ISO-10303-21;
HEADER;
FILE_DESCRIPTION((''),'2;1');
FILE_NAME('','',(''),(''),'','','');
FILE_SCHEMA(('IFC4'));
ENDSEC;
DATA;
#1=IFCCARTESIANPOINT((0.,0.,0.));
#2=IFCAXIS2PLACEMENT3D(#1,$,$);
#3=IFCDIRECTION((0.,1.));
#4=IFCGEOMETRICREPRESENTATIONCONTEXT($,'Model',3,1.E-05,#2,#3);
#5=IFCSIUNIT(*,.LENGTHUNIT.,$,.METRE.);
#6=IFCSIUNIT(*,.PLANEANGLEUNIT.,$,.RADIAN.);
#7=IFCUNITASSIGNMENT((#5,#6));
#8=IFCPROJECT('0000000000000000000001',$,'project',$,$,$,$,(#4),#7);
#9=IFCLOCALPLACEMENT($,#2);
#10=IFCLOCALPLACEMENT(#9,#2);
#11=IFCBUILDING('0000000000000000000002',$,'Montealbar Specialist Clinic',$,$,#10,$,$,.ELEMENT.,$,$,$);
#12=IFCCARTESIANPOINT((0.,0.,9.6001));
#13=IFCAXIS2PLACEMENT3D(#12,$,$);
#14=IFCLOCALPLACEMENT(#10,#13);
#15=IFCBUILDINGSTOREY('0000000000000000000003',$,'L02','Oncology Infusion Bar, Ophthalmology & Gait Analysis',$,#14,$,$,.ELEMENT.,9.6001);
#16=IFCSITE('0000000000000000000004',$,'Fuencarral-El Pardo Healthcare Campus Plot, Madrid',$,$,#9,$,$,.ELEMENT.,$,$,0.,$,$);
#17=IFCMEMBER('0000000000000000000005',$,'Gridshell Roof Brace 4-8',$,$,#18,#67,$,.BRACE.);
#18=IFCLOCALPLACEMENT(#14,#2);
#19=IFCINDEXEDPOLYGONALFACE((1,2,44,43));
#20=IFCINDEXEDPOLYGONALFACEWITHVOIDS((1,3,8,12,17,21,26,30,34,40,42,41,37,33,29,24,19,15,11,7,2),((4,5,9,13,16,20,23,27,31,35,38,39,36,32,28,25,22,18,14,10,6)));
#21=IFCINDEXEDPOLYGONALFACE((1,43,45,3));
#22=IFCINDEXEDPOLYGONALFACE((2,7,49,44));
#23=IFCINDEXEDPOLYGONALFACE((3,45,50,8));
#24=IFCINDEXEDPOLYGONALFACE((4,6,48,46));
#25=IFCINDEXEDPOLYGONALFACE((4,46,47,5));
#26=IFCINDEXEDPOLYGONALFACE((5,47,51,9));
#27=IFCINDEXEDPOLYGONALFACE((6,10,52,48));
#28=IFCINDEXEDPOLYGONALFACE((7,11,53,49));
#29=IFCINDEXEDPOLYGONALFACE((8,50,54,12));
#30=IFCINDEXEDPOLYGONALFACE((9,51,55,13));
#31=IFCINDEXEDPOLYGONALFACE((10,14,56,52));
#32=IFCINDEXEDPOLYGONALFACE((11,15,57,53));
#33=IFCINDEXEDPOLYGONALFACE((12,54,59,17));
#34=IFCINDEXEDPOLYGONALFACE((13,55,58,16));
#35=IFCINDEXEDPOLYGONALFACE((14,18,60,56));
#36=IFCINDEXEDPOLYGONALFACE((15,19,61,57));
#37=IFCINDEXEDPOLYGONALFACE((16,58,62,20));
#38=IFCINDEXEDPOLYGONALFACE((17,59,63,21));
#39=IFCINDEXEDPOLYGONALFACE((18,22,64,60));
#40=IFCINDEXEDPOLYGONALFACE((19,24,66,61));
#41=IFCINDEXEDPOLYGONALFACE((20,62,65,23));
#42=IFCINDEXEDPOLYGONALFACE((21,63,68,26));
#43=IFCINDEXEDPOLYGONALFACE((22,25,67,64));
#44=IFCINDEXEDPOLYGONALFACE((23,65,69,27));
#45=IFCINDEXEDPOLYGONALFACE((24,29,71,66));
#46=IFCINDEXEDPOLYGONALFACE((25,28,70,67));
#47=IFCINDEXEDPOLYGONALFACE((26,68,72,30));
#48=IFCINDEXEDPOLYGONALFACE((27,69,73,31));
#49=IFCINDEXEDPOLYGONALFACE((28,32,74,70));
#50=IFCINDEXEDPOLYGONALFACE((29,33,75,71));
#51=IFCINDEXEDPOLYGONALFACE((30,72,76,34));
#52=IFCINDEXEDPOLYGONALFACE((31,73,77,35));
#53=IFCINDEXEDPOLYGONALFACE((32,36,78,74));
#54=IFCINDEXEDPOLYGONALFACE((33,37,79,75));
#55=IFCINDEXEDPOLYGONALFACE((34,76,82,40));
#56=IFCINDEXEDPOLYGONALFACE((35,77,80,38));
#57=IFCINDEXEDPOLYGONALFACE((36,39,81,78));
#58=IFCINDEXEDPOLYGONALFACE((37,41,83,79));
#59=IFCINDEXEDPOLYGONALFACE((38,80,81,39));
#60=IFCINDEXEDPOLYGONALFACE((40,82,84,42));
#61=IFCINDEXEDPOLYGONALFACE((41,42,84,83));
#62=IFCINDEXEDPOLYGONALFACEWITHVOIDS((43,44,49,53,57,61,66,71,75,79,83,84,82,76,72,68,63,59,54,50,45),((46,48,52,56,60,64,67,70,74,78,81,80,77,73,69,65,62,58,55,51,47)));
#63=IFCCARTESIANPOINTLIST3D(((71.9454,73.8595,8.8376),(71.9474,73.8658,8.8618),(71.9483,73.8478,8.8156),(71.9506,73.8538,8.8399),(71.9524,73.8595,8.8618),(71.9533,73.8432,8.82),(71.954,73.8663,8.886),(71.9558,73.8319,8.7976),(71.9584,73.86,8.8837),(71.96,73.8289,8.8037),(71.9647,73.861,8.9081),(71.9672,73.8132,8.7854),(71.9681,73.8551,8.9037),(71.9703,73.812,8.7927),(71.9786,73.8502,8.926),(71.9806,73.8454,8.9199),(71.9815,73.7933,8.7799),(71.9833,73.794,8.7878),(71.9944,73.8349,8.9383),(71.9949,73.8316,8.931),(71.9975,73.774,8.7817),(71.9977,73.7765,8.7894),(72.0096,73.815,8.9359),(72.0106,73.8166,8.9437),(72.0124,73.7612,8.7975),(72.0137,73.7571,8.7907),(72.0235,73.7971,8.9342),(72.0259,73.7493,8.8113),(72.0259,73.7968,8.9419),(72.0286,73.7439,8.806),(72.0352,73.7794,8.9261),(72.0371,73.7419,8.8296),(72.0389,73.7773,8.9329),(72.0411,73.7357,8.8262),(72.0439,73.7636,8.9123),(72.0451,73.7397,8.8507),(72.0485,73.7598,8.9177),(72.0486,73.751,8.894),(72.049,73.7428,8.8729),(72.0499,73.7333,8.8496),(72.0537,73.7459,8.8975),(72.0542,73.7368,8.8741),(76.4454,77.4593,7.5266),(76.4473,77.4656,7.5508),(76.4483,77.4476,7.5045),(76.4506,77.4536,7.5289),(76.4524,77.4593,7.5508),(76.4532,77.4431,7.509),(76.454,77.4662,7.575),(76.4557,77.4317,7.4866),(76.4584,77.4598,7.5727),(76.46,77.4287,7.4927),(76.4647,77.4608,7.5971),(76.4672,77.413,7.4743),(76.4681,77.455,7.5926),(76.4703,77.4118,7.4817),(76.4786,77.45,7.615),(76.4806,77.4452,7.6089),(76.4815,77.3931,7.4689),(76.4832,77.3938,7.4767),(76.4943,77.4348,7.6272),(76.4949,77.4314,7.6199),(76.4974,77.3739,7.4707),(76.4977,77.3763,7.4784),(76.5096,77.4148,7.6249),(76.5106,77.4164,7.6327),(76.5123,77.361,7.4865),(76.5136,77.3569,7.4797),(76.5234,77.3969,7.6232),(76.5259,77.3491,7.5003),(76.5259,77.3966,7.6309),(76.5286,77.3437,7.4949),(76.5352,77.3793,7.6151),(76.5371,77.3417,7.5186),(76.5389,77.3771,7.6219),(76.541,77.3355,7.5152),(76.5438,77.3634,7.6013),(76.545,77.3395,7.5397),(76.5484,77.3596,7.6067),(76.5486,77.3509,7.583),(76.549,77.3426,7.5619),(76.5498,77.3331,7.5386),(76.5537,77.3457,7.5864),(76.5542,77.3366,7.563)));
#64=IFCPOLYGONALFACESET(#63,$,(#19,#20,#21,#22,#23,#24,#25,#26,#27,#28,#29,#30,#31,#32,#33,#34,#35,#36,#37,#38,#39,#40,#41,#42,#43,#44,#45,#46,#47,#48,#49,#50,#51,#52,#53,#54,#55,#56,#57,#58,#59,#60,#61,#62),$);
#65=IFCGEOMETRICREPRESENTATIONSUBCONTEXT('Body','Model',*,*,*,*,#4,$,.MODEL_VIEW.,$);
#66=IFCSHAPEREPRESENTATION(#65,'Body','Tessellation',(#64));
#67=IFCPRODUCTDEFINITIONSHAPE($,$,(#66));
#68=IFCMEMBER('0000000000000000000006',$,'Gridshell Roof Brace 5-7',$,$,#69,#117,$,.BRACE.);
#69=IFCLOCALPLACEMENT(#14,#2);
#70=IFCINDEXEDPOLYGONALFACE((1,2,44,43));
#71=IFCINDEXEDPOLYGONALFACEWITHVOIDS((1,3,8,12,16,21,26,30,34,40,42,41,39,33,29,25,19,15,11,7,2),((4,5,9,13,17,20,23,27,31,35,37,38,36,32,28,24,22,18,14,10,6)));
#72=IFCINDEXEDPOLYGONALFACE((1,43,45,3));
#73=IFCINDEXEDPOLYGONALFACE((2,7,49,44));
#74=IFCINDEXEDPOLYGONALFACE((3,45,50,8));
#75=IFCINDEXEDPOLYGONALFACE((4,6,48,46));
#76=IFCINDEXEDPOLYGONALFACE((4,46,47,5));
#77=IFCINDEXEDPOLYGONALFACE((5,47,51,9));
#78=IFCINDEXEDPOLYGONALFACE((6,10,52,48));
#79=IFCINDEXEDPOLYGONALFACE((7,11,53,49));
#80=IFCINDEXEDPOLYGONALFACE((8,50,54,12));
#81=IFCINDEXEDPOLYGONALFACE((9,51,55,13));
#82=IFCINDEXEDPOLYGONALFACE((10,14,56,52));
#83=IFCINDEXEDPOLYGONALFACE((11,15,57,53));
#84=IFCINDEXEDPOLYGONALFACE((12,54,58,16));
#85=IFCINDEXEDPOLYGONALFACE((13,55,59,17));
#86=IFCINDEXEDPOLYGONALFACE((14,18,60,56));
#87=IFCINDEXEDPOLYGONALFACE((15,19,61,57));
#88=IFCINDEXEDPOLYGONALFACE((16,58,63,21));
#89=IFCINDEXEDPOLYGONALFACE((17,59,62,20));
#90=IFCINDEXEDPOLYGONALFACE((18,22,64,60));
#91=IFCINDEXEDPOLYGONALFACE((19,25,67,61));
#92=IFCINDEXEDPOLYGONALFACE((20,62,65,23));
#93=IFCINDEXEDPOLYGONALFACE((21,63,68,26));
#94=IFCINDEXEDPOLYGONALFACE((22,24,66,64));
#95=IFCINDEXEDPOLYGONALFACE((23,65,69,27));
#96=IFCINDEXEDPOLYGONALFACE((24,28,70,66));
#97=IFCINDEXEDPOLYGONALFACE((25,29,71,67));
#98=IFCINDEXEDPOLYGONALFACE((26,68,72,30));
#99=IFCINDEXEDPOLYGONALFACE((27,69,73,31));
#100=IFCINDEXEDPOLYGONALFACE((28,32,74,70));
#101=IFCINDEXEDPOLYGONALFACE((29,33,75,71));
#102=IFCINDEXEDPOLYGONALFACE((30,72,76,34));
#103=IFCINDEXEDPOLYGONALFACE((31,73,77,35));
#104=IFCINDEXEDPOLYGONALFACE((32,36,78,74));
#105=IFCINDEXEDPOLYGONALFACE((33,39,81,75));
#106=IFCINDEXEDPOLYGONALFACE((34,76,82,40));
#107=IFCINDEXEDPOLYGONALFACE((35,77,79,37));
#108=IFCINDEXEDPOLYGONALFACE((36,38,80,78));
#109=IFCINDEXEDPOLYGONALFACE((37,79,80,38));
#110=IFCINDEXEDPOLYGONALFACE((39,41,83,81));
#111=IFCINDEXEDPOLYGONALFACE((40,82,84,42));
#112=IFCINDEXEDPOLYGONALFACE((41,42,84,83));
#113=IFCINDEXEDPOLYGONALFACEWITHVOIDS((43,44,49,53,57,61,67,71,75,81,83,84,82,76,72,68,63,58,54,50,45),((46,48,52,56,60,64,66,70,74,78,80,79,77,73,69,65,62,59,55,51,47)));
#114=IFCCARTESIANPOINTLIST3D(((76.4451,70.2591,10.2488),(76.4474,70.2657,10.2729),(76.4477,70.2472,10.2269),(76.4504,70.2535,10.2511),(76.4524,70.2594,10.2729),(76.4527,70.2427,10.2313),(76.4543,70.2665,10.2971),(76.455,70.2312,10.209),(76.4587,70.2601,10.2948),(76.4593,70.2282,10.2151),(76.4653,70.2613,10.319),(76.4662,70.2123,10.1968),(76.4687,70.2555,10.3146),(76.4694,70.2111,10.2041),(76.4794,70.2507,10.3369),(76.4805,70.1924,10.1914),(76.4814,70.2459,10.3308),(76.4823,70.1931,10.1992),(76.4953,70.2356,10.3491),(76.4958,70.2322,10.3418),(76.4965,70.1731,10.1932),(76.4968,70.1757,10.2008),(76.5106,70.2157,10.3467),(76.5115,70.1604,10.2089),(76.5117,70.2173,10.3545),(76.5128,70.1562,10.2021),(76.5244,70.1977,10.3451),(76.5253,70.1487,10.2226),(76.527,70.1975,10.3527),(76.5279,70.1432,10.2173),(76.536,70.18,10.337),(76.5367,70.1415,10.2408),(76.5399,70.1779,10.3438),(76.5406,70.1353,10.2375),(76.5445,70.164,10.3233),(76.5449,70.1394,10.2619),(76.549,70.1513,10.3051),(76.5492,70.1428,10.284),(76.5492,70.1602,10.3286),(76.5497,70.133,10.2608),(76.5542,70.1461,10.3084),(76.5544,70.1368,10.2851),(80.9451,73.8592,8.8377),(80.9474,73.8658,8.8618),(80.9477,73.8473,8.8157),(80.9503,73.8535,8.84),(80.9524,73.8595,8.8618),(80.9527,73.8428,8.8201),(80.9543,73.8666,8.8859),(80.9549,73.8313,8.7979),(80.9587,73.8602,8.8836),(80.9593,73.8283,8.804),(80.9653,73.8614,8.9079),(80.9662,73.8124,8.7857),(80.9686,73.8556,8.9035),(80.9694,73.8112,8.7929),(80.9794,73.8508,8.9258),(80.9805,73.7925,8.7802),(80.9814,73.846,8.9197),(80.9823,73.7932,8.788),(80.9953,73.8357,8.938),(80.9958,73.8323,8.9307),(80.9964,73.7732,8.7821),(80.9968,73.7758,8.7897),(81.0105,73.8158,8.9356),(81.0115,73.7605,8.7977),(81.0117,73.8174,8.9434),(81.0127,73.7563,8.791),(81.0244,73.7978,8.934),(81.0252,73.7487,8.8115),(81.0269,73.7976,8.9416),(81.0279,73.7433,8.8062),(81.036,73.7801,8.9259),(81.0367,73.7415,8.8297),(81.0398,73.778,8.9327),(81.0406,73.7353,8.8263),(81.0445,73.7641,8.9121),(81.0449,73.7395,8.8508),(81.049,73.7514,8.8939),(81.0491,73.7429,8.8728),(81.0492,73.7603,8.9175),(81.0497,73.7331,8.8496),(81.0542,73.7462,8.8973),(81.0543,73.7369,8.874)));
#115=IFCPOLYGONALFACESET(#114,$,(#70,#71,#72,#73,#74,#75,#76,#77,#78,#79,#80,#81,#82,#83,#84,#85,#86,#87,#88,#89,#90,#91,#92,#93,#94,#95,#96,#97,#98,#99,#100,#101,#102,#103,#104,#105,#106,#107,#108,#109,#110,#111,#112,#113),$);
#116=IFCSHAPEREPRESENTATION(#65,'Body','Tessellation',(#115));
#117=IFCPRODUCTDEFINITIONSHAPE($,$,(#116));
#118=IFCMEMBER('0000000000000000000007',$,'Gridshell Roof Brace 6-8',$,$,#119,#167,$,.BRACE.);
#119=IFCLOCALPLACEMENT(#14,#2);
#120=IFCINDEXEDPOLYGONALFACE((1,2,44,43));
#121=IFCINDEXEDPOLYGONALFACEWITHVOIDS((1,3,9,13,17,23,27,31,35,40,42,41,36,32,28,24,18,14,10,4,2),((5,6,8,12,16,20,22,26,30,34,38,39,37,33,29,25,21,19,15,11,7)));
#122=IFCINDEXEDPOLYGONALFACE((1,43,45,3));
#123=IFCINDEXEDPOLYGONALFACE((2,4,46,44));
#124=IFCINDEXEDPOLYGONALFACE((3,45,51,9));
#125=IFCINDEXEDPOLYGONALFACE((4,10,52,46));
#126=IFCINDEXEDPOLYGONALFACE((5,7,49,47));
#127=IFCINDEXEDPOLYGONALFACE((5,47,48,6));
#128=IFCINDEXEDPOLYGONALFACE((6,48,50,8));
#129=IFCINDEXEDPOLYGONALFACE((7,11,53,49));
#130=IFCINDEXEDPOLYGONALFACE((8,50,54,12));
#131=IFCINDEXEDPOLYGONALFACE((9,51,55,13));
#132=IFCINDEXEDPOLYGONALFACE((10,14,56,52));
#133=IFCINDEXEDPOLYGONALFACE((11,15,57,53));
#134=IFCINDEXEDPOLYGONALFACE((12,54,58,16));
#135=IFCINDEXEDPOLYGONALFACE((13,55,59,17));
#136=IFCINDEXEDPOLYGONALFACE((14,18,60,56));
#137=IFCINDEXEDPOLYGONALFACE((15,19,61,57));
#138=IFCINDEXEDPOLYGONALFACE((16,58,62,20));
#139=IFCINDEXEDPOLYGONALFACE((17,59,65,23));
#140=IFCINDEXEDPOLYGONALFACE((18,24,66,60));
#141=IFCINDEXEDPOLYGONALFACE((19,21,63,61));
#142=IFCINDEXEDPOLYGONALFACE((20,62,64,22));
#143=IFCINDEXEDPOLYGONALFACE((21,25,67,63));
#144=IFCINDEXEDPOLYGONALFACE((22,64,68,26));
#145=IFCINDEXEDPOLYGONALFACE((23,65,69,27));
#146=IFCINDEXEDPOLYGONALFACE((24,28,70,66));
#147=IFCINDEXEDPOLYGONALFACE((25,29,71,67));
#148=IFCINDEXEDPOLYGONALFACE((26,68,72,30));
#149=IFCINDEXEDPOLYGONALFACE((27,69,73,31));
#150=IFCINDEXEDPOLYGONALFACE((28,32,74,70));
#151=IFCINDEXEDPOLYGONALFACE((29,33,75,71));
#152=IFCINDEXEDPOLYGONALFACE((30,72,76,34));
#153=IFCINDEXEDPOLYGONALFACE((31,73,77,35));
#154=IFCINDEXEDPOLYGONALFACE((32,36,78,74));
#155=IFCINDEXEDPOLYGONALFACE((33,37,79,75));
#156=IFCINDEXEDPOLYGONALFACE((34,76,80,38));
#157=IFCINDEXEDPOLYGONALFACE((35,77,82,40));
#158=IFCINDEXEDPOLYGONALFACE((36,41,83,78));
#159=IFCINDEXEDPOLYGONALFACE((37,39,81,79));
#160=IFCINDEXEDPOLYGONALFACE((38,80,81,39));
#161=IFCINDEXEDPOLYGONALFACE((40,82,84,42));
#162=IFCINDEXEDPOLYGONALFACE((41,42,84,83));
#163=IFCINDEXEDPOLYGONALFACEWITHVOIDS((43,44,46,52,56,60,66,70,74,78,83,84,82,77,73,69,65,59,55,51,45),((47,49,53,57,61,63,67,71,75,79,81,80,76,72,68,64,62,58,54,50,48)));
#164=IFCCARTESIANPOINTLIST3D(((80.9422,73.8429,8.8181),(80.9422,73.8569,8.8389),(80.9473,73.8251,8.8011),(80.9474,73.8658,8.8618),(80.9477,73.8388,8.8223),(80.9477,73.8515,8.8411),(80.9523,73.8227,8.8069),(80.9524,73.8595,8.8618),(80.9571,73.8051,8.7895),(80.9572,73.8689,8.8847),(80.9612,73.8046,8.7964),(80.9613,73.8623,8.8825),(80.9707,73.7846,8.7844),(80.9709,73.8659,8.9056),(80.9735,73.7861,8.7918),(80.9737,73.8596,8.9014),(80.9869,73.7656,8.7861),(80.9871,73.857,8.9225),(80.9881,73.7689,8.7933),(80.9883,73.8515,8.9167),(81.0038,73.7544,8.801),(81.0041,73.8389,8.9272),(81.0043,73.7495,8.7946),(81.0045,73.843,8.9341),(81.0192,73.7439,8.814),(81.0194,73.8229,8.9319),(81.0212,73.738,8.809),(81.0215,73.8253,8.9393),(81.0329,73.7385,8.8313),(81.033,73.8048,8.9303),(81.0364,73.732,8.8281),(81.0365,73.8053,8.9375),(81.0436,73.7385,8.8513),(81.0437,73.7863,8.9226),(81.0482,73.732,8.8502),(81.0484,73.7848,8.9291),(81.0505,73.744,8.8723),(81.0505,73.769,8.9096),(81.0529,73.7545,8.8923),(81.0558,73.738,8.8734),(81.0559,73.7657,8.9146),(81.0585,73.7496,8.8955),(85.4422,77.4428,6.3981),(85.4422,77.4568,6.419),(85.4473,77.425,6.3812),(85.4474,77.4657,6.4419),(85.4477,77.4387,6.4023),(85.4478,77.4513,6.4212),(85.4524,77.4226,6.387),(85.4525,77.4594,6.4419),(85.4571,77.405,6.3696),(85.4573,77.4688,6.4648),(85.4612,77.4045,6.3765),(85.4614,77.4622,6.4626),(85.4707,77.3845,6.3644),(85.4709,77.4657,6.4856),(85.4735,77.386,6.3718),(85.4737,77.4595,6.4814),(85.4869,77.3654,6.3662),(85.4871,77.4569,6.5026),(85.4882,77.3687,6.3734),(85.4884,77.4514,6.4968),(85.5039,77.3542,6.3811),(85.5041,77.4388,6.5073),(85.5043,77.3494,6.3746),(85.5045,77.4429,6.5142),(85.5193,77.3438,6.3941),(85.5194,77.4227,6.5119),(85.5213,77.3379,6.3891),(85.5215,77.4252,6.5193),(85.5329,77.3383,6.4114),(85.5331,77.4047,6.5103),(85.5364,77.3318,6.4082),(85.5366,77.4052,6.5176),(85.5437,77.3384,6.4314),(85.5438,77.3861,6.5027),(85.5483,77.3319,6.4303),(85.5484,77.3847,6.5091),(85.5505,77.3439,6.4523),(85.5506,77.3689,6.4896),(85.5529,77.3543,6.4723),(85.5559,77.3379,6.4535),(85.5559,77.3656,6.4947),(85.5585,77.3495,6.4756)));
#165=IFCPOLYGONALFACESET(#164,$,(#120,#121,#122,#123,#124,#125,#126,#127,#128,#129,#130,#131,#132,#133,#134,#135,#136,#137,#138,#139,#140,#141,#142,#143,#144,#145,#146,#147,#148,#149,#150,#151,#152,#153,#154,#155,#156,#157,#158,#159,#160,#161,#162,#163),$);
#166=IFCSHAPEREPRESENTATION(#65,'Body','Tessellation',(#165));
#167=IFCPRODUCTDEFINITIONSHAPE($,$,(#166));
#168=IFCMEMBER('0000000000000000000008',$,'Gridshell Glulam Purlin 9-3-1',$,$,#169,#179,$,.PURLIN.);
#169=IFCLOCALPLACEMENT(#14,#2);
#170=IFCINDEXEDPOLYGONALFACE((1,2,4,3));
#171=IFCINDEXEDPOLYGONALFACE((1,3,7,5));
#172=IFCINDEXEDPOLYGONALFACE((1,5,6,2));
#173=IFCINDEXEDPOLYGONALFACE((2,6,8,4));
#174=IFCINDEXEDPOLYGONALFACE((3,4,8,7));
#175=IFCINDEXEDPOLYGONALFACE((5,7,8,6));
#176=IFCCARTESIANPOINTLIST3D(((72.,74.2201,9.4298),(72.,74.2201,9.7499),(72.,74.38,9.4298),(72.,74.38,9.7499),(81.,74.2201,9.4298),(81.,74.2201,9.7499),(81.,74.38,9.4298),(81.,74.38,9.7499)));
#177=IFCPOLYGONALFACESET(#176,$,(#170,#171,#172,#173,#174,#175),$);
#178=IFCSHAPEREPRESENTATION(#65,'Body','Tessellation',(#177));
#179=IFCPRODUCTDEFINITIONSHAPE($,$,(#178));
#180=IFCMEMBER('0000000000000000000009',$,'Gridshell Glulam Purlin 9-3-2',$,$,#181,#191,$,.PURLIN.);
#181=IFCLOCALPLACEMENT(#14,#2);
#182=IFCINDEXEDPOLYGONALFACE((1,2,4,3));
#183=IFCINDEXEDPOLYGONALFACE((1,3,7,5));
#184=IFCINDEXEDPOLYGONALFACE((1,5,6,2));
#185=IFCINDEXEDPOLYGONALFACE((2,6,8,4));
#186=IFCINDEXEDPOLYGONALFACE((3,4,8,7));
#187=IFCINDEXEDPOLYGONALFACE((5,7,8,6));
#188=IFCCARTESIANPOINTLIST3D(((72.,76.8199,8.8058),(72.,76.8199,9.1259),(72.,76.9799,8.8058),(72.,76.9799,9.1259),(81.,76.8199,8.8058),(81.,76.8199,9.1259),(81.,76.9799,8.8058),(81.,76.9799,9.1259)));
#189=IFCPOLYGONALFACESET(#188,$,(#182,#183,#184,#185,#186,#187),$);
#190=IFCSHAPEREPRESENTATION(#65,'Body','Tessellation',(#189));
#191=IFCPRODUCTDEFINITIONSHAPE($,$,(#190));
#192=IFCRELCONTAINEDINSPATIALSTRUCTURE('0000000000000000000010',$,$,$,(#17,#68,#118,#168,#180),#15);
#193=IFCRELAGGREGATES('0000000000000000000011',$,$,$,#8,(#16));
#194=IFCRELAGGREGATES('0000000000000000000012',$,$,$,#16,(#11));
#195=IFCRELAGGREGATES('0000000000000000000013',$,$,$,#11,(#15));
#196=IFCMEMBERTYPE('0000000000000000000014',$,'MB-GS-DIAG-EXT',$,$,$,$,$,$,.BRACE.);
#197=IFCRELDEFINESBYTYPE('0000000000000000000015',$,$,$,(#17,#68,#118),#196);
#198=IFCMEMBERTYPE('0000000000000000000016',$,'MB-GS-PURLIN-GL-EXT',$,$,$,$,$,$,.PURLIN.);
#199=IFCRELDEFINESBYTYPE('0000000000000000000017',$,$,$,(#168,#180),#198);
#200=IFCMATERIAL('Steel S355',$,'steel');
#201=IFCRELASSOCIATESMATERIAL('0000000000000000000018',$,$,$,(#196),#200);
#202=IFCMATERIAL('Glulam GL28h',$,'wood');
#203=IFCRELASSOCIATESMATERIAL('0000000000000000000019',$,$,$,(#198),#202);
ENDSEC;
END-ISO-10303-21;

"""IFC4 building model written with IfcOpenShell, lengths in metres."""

from ifc_helpers import new_model, si_unit, direction, frame, origin, origin_2d, place, context, subcontext, project, spatial, rectangle, hollow_circle, extrude, material, material_profile, profile_set, type_object, element, save


model = new_model("IFC4")

# Units and contexts
model_context = context("Model", 3, precision=1e-05, world=origin(), true_north=direction((0.0, 1.0)))
body_context = subcontext(model_context, "Body", "Model", "MODEL_VIEW")
ifc_project = project(units=[si_unit("LENGTHUNIT", "METRE"), si_unit("PLANEANGLEUNIT", "RADIAN")], contexts=[model_context])

# Site, building, storey
site_placement = place(None, origin())
site = spatial("IfcSite", under=ifc_project, at=site_placement, Name="Fuencarral-El Pardo Healthcare Campus Plot, Madrid", CompositionType="ELEMENT", RefElevation=0.0)
building_placement = place(site_placement, origin())
building = spatial("IfcBuilding", under=site, at=building_placement, Name="Montealbar Specialist Clinic", CompositionType="ELEMENT")
storey_placement = place(building_placement, frame((0.0, 0.0, 9.6001)))
storey = spatial("IfcBuildingStorey", under=building, at=storey_placement, Name="L02", Description="Oncology Infusion Bar, Ophthalmology & Gait Analysis", CompositionType="ELEMENT", Elevation=9.6001)

# Shared definitions
ifc_material_1 = material(Name="Steel S355", Category="steel")
ifc_material_2 = material(Name="Glulam GL28h", Category="wood")

# Members
ifc_material_profile_1 = material_profile(ifc_material_1, hollow_circle(Radius=0.0842, WallThickness=0.0081, at=origin_2d()), Name="CHS 168.3x8.0", Category="steel")
ifc_profile_set_1 = profile_set([ifc_material_profile_1], Name="Steel S355")
member_type_1 = type_object("IfcMemberType", Name="MB-GS-DIAG-EXT", PredefinedType="BRACE", material=ifc_profile_set_1)
member_1_placement = place(storey_placement, frame((72.0, 73.8, 8.8618), z_axis=(0.761425, 0.609115, -0.221834), x_axis=(-0.62468, 0.780881, 0.0)))
element("IfcMember", 1, at=member_1_placement, inside=storey, type_object=member_type_1, Name="Gridshell Roof Brace 4-8", PredefinedType="BRACE", context=body_context, shape_type="SweptSolid", body=[
    extrude(hollow_circle(Radius=0.0842, WallThickness=0.0081, at=origin_2d()), origin(), (0.0, 0.0, 1.0), 5.9099),
])
member_2_placement = place(storey_placement, frame((76.5, 70.2, 10.2729), z_axis=(0.758453, 0.606779, -0.23784), x_axis=(-0.624705, 0.780861, 0.0)))
element("IfcMember", 2, at=member_2_placement, inside=storey, type_object=member_type_1, Name="Gridshell Roof Brace 5-7", PredefinedType="BRACE", context=body_context, shape_type="SweptSolid", body=[
    extrude(hollow_circle(Radius=0.0842, WallThickness=0.0081, at=origin_2d()), origin(), (0.0, 0.0, 1.0), 5.9331),
])
member_3_placement = place(storey_placement, frame((81.0, 73.8, 8.8618), z_axis=(0.719977, 0.575958, -0.387175), x_axis=(-0.62468, 0.780881, 0.0)))
element("IfcMember", 3, at=member_3_placement, inside=storey, type_object=member_type_1, Name="Gridshell Roof Brace 6-8", PredefinedType="BRACE", context=body_context, shape_type="SweptSolid", body=[
    extrude(hollow_circle(Radius=0.0842, WallThickness=0.0081, at=origin_2d()), origin(), (0.0, 0.0, 1.0), 6.2502),
])
ifc_material_profile_2 = material_profile(ifc_material_2, rectangle(XDim=0.1599, YDim=0.3201, at=origin_2d()), Name="GL28h 160x320", Category="wood")
ifc_profile_set_2 = profile_set([ifc_material_profile_2], Name="Glulam GL28h")
member_type_2 = type_object("IfcMemberType", Name="MB-GS-PURLIN-GL-EXT", PredefinedType="PURLIN", material=ifc_profile_set_2)
for number, where, z_axis, x_axis, name in (
    (4, (72.0, 74.3, 9.5898), (1.0, 0.0, 0.0), (0.0, 1.0, 0.0), "Gridshell Glulam Purlin 9-3-1"),
    (5, (72.0, 76.8999, 8.9658), (1.0, 0.0, 0.0), (0.0, 1.0, 0.0), "Gridshell Glulam Purlin 9-3-2"),
):
    element("IfcMember", number, at=place(storey_placement, frame(where, z_axis=z_axis, x_axis=x_axis)), inside=storey, type_object=member_type_2, Name=name, PredefinedType="PURLIN", context=body_context, shape_type="SweptSolid", body=[
        extrude(rectangle(XDim=0.1599, YDim=0.3201, at=origin_2d()), origin(), (0.0, 0.0, 1.0), 9.0),
    ])

save(model, "model.ifc")
